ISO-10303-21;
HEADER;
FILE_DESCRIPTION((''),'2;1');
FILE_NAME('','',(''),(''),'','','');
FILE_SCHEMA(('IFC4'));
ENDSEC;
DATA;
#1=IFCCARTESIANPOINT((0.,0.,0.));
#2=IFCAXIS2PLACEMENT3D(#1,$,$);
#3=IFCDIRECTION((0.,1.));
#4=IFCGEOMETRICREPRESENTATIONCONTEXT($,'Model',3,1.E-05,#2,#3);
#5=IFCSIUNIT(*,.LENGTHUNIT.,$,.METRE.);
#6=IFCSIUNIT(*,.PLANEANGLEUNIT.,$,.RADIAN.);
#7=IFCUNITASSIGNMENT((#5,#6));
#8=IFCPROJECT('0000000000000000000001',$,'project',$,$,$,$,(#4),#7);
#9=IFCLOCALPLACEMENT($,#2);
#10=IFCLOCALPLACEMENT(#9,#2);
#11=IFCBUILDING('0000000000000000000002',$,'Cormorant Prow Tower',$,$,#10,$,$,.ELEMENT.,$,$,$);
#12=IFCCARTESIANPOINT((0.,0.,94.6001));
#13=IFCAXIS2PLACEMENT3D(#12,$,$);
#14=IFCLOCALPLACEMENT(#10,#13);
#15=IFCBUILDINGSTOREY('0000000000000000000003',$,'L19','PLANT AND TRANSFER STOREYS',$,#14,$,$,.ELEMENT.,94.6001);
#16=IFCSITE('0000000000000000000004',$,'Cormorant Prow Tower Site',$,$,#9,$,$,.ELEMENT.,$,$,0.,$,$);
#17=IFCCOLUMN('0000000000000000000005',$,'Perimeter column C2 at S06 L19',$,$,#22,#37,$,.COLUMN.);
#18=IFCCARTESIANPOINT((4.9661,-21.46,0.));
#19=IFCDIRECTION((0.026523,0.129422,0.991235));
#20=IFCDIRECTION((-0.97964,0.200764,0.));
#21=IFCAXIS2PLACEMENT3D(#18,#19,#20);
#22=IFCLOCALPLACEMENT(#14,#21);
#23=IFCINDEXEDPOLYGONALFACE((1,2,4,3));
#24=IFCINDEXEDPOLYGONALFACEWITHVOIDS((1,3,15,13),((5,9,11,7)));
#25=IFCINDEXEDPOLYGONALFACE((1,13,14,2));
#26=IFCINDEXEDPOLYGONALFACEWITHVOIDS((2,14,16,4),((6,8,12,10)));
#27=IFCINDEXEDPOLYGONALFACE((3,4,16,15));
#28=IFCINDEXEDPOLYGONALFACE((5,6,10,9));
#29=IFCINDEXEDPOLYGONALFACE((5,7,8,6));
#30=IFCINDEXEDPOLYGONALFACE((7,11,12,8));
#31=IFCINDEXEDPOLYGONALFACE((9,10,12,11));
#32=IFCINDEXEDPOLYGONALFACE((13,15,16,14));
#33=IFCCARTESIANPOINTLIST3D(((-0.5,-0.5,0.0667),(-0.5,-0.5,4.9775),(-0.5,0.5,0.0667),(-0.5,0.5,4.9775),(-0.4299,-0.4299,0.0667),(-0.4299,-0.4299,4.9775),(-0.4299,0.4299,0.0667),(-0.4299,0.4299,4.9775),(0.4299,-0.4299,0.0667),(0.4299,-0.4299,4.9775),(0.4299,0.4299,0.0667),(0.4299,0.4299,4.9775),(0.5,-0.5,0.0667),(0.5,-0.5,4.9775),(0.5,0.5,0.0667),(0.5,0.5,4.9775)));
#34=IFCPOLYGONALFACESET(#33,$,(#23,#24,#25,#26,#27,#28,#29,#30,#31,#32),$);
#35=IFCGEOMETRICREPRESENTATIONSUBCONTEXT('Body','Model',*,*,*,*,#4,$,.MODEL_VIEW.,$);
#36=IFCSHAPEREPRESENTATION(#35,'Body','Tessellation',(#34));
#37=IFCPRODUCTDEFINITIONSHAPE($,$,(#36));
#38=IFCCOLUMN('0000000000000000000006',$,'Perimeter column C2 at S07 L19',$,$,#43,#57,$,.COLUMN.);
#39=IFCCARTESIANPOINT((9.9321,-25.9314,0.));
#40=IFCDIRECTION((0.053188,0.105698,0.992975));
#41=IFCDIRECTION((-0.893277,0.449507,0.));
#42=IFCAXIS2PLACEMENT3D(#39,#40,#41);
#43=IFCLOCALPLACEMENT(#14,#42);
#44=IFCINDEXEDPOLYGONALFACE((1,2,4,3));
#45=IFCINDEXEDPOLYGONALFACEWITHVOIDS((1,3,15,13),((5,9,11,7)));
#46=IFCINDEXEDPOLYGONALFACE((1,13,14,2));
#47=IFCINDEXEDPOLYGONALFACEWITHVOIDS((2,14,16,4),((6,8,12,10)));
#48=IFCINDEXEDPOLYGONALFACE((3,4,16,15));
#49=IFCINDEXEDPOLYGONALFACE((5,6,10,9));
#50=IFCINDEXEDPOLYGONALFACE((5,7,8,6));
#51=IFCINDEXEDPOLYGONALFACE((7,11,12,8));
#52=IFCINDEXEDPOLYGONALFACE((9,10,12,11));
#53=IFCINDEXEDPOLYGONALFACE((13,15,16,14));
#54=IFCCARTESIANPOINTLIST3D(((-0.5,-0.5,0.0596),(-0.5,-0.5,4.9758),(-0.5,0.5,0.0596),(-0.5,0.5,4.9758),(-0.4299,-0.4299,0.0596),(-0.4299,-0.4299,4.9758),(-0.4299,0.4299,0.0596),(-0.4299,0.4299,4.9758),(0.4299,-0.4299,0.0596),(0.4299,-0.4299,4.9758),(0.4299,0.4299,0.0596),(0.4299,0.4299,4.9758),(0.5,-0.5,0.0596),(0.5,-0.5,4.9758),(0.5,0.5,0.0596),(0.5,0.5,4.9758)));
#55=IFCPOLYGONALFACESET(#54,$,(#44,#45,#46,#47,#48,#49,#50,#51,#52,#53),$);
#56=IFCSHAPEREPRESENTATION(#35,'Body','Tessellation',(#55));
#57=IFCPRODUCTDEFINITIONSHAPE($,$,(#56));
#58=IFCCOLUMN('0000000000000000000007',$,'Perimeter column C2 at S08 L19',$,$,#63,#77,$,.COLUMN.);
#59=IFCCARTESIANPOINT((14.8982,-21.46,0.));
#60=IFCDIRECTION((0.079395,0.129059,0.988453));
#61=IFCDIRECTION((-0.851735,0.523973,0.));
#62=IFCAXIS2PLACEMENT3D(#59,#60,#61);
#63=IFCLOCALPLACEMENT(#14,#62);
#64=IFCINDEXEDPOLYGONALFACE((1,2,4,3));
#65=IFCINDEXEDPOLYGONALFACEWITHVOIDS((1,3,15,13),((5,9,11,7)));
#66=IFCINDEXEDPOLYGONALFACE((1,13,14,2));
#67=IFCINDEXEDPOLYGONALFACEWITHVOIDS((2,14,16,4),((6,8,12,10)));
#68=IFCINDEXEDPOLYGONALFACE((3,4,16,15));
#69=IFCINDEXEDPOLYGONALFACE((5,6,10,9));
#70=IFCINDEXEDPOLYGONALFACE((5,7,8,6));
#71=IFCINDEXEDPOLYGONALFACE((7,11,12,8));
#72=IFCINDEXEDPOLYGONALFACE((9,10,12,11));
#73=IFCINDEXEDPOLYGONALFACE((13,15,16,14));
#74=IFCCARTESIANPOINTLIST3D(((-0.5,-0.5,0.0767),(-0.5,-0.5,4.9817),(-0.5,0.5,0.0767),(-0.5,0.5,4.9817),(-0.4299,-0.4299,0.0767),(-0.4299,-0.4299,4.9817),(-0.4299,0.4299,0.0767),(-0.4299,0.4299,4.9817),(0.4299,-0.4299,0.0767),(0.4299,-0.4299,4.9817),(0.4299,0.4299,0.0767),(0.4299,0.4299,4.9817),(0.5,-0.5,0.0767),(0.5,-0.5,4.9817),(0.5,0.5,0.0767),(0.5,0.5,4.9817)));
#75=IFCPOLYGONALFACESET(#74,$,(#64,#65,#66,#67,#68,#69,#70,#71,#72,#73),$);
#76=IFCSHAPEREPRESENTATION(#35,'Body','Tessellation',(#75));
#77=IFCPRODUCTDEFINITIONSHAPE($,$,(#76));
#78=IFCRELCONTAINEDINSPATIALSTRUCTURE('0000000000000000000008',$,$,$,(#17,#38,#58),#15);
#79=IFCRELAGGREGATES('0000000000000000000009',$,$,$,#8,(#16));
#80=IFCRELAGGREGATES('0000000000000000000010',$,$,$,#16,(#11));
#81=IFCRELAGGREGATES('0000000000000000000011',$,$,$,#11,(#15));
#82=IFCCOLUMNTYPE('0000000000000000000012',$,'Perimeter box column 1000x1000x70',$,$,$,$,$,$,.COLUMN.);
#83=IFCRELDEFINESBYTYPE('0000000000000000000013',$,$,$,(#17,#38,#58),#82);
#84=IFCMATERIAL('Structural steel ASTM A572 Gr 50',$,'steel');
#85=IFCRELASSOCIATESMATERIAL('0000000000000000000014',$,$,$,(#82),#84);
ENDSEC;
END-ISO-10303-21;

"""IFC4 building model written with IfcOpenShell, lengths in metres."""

from ifc_helpers import new_model, si_unit, direction, frame, origin, origin_2d, place, context, subcontext, project, spatial, hollow_rectangle, extrude, material, material_profile, profile_set, type_object, element, save


model = new_model("IFC4")

# Units and contexts
model_context = context("Model", 3, precision=1e-05, world=origin(), true_north=direction((0.0, 1.0)))
body_context = subcontext(model_context, "Body", "Model", "MODEL_VIEW")
ifc_project = project(units=[si_unit("LENGTHUNIT", "METRE"), si_unit("PLANEANGLEUNIT", "RADIAN")], contexts=[model_context])

# Site, building, storey
site_placement = place(None, origin())
site = spatial("IfcSite", under=ifc_project, at=site_placement, Name="Cormorant Prow Tower Site", CompositionType="ELEMENT", RefElevation=0.0)
building_placement = place(site_placement, origin())
building = spatial("IfcBuilding", under=site, at=building_placement, Name="Cormorant Prow Tower", CompositionType="ELEMENT")
storey_placement = place(building_placement, frame((0.0, 0.0, 94.6001)))
storey = spatial("IfcBuildingStorey", under=building, at=storey_placement, Name="L19", Description="PLANT AND TRANSFER STOREYS", CompositionType="ELEMENT", Elevation=94.6001)

# Columns
ifc_material_1 = material(Name="Structural steel ASTM A572 Gr 50", Category="steel")
ifc_material_profile_1 = material_profile(ifc_material_1, hollow_rectangle(XDim=1.0, YDim=1.0, WallThickness=0.0701, at=origin_2d()), Name="Box 1000x1000x70")
ifc_profile_set_1 = profile_set([ifc_material_profile_1], Name="Structural steel ASTM A572 Gr 50")
column_type = type_object("IfcColumnType", Name="Perimeter box column 1000x1000x70", PredefinedType="COLUMN", material=ifc_profile_set_1)
column_1_placement = place(storey_placement, frame((4.9661, -21.46, 0.0), z_axis=(0.026523, 0.129422, 0.991235), x_axis=(-0.97964, 0.200764, 0.0)))
element("IfcColumn", 1, at=column_1_placement, inside=storey, type_object=column_type, Name="Perimeter column C2 at S06 L19", PredefinedType="COLUMN", context=body_context, shape_type="SweptSolid", body=[
    extrude(hollow_rectangle(XDim=1.0, YDim=1.0, WallThickness=0.0701, at=origin_2d()), frame((0.0, 0.0, 0.0667)), (0.0, 0.0, 1.0), 4.9109),
])
column_2_placement = place(storey_placement, frame((9.9321, -25.9314, 0.0), z_axis=(0.053188, 0.105698, 0.992975), x_axis=(-0.893277, 0.449507, 0.0)))
element("IfcColumn", 2, at=column_2_placement, inside=storey, type_object=column_type, Name="Perimeter column C2 at S07 L19", PredefinedType="COLUMN", context=body_context, shape_type="SweptSolid", body=[
    extrude(hollow_rectangle(XDim=1.0, YDim=1.0, WallThickness=0.0701, at=origin_2d()), frame((0.0, 0.0, 0.0596)), (0.0, 0.0, 1.0), 4.9163),
])
column_3_placement = place(storey_placement, frame((14.8982, -21.46, 0.0), z_axis=(0.079395, 0.129059, 0.988453), x_axis=(-0.851735, 0.523973, 0.0)))
element("IfcColumn", 3, at=column_3_placement, inside=storey, type_object=column_type, Name="Perimeter column C2 at S08 L19", PredefinedType="COLUMN", context=body_context, shape_type="SweptSolid", body=[
    extrude(hollow_rectangle(XDim=1.0, YDim=1.0, WallThickness=0.0701, at=origin_2d()), frame((0.0, 0.0, 0.0767)), (0.0, 0.0, 1.0), 4.905),
])

save(model, "model.ifc")
